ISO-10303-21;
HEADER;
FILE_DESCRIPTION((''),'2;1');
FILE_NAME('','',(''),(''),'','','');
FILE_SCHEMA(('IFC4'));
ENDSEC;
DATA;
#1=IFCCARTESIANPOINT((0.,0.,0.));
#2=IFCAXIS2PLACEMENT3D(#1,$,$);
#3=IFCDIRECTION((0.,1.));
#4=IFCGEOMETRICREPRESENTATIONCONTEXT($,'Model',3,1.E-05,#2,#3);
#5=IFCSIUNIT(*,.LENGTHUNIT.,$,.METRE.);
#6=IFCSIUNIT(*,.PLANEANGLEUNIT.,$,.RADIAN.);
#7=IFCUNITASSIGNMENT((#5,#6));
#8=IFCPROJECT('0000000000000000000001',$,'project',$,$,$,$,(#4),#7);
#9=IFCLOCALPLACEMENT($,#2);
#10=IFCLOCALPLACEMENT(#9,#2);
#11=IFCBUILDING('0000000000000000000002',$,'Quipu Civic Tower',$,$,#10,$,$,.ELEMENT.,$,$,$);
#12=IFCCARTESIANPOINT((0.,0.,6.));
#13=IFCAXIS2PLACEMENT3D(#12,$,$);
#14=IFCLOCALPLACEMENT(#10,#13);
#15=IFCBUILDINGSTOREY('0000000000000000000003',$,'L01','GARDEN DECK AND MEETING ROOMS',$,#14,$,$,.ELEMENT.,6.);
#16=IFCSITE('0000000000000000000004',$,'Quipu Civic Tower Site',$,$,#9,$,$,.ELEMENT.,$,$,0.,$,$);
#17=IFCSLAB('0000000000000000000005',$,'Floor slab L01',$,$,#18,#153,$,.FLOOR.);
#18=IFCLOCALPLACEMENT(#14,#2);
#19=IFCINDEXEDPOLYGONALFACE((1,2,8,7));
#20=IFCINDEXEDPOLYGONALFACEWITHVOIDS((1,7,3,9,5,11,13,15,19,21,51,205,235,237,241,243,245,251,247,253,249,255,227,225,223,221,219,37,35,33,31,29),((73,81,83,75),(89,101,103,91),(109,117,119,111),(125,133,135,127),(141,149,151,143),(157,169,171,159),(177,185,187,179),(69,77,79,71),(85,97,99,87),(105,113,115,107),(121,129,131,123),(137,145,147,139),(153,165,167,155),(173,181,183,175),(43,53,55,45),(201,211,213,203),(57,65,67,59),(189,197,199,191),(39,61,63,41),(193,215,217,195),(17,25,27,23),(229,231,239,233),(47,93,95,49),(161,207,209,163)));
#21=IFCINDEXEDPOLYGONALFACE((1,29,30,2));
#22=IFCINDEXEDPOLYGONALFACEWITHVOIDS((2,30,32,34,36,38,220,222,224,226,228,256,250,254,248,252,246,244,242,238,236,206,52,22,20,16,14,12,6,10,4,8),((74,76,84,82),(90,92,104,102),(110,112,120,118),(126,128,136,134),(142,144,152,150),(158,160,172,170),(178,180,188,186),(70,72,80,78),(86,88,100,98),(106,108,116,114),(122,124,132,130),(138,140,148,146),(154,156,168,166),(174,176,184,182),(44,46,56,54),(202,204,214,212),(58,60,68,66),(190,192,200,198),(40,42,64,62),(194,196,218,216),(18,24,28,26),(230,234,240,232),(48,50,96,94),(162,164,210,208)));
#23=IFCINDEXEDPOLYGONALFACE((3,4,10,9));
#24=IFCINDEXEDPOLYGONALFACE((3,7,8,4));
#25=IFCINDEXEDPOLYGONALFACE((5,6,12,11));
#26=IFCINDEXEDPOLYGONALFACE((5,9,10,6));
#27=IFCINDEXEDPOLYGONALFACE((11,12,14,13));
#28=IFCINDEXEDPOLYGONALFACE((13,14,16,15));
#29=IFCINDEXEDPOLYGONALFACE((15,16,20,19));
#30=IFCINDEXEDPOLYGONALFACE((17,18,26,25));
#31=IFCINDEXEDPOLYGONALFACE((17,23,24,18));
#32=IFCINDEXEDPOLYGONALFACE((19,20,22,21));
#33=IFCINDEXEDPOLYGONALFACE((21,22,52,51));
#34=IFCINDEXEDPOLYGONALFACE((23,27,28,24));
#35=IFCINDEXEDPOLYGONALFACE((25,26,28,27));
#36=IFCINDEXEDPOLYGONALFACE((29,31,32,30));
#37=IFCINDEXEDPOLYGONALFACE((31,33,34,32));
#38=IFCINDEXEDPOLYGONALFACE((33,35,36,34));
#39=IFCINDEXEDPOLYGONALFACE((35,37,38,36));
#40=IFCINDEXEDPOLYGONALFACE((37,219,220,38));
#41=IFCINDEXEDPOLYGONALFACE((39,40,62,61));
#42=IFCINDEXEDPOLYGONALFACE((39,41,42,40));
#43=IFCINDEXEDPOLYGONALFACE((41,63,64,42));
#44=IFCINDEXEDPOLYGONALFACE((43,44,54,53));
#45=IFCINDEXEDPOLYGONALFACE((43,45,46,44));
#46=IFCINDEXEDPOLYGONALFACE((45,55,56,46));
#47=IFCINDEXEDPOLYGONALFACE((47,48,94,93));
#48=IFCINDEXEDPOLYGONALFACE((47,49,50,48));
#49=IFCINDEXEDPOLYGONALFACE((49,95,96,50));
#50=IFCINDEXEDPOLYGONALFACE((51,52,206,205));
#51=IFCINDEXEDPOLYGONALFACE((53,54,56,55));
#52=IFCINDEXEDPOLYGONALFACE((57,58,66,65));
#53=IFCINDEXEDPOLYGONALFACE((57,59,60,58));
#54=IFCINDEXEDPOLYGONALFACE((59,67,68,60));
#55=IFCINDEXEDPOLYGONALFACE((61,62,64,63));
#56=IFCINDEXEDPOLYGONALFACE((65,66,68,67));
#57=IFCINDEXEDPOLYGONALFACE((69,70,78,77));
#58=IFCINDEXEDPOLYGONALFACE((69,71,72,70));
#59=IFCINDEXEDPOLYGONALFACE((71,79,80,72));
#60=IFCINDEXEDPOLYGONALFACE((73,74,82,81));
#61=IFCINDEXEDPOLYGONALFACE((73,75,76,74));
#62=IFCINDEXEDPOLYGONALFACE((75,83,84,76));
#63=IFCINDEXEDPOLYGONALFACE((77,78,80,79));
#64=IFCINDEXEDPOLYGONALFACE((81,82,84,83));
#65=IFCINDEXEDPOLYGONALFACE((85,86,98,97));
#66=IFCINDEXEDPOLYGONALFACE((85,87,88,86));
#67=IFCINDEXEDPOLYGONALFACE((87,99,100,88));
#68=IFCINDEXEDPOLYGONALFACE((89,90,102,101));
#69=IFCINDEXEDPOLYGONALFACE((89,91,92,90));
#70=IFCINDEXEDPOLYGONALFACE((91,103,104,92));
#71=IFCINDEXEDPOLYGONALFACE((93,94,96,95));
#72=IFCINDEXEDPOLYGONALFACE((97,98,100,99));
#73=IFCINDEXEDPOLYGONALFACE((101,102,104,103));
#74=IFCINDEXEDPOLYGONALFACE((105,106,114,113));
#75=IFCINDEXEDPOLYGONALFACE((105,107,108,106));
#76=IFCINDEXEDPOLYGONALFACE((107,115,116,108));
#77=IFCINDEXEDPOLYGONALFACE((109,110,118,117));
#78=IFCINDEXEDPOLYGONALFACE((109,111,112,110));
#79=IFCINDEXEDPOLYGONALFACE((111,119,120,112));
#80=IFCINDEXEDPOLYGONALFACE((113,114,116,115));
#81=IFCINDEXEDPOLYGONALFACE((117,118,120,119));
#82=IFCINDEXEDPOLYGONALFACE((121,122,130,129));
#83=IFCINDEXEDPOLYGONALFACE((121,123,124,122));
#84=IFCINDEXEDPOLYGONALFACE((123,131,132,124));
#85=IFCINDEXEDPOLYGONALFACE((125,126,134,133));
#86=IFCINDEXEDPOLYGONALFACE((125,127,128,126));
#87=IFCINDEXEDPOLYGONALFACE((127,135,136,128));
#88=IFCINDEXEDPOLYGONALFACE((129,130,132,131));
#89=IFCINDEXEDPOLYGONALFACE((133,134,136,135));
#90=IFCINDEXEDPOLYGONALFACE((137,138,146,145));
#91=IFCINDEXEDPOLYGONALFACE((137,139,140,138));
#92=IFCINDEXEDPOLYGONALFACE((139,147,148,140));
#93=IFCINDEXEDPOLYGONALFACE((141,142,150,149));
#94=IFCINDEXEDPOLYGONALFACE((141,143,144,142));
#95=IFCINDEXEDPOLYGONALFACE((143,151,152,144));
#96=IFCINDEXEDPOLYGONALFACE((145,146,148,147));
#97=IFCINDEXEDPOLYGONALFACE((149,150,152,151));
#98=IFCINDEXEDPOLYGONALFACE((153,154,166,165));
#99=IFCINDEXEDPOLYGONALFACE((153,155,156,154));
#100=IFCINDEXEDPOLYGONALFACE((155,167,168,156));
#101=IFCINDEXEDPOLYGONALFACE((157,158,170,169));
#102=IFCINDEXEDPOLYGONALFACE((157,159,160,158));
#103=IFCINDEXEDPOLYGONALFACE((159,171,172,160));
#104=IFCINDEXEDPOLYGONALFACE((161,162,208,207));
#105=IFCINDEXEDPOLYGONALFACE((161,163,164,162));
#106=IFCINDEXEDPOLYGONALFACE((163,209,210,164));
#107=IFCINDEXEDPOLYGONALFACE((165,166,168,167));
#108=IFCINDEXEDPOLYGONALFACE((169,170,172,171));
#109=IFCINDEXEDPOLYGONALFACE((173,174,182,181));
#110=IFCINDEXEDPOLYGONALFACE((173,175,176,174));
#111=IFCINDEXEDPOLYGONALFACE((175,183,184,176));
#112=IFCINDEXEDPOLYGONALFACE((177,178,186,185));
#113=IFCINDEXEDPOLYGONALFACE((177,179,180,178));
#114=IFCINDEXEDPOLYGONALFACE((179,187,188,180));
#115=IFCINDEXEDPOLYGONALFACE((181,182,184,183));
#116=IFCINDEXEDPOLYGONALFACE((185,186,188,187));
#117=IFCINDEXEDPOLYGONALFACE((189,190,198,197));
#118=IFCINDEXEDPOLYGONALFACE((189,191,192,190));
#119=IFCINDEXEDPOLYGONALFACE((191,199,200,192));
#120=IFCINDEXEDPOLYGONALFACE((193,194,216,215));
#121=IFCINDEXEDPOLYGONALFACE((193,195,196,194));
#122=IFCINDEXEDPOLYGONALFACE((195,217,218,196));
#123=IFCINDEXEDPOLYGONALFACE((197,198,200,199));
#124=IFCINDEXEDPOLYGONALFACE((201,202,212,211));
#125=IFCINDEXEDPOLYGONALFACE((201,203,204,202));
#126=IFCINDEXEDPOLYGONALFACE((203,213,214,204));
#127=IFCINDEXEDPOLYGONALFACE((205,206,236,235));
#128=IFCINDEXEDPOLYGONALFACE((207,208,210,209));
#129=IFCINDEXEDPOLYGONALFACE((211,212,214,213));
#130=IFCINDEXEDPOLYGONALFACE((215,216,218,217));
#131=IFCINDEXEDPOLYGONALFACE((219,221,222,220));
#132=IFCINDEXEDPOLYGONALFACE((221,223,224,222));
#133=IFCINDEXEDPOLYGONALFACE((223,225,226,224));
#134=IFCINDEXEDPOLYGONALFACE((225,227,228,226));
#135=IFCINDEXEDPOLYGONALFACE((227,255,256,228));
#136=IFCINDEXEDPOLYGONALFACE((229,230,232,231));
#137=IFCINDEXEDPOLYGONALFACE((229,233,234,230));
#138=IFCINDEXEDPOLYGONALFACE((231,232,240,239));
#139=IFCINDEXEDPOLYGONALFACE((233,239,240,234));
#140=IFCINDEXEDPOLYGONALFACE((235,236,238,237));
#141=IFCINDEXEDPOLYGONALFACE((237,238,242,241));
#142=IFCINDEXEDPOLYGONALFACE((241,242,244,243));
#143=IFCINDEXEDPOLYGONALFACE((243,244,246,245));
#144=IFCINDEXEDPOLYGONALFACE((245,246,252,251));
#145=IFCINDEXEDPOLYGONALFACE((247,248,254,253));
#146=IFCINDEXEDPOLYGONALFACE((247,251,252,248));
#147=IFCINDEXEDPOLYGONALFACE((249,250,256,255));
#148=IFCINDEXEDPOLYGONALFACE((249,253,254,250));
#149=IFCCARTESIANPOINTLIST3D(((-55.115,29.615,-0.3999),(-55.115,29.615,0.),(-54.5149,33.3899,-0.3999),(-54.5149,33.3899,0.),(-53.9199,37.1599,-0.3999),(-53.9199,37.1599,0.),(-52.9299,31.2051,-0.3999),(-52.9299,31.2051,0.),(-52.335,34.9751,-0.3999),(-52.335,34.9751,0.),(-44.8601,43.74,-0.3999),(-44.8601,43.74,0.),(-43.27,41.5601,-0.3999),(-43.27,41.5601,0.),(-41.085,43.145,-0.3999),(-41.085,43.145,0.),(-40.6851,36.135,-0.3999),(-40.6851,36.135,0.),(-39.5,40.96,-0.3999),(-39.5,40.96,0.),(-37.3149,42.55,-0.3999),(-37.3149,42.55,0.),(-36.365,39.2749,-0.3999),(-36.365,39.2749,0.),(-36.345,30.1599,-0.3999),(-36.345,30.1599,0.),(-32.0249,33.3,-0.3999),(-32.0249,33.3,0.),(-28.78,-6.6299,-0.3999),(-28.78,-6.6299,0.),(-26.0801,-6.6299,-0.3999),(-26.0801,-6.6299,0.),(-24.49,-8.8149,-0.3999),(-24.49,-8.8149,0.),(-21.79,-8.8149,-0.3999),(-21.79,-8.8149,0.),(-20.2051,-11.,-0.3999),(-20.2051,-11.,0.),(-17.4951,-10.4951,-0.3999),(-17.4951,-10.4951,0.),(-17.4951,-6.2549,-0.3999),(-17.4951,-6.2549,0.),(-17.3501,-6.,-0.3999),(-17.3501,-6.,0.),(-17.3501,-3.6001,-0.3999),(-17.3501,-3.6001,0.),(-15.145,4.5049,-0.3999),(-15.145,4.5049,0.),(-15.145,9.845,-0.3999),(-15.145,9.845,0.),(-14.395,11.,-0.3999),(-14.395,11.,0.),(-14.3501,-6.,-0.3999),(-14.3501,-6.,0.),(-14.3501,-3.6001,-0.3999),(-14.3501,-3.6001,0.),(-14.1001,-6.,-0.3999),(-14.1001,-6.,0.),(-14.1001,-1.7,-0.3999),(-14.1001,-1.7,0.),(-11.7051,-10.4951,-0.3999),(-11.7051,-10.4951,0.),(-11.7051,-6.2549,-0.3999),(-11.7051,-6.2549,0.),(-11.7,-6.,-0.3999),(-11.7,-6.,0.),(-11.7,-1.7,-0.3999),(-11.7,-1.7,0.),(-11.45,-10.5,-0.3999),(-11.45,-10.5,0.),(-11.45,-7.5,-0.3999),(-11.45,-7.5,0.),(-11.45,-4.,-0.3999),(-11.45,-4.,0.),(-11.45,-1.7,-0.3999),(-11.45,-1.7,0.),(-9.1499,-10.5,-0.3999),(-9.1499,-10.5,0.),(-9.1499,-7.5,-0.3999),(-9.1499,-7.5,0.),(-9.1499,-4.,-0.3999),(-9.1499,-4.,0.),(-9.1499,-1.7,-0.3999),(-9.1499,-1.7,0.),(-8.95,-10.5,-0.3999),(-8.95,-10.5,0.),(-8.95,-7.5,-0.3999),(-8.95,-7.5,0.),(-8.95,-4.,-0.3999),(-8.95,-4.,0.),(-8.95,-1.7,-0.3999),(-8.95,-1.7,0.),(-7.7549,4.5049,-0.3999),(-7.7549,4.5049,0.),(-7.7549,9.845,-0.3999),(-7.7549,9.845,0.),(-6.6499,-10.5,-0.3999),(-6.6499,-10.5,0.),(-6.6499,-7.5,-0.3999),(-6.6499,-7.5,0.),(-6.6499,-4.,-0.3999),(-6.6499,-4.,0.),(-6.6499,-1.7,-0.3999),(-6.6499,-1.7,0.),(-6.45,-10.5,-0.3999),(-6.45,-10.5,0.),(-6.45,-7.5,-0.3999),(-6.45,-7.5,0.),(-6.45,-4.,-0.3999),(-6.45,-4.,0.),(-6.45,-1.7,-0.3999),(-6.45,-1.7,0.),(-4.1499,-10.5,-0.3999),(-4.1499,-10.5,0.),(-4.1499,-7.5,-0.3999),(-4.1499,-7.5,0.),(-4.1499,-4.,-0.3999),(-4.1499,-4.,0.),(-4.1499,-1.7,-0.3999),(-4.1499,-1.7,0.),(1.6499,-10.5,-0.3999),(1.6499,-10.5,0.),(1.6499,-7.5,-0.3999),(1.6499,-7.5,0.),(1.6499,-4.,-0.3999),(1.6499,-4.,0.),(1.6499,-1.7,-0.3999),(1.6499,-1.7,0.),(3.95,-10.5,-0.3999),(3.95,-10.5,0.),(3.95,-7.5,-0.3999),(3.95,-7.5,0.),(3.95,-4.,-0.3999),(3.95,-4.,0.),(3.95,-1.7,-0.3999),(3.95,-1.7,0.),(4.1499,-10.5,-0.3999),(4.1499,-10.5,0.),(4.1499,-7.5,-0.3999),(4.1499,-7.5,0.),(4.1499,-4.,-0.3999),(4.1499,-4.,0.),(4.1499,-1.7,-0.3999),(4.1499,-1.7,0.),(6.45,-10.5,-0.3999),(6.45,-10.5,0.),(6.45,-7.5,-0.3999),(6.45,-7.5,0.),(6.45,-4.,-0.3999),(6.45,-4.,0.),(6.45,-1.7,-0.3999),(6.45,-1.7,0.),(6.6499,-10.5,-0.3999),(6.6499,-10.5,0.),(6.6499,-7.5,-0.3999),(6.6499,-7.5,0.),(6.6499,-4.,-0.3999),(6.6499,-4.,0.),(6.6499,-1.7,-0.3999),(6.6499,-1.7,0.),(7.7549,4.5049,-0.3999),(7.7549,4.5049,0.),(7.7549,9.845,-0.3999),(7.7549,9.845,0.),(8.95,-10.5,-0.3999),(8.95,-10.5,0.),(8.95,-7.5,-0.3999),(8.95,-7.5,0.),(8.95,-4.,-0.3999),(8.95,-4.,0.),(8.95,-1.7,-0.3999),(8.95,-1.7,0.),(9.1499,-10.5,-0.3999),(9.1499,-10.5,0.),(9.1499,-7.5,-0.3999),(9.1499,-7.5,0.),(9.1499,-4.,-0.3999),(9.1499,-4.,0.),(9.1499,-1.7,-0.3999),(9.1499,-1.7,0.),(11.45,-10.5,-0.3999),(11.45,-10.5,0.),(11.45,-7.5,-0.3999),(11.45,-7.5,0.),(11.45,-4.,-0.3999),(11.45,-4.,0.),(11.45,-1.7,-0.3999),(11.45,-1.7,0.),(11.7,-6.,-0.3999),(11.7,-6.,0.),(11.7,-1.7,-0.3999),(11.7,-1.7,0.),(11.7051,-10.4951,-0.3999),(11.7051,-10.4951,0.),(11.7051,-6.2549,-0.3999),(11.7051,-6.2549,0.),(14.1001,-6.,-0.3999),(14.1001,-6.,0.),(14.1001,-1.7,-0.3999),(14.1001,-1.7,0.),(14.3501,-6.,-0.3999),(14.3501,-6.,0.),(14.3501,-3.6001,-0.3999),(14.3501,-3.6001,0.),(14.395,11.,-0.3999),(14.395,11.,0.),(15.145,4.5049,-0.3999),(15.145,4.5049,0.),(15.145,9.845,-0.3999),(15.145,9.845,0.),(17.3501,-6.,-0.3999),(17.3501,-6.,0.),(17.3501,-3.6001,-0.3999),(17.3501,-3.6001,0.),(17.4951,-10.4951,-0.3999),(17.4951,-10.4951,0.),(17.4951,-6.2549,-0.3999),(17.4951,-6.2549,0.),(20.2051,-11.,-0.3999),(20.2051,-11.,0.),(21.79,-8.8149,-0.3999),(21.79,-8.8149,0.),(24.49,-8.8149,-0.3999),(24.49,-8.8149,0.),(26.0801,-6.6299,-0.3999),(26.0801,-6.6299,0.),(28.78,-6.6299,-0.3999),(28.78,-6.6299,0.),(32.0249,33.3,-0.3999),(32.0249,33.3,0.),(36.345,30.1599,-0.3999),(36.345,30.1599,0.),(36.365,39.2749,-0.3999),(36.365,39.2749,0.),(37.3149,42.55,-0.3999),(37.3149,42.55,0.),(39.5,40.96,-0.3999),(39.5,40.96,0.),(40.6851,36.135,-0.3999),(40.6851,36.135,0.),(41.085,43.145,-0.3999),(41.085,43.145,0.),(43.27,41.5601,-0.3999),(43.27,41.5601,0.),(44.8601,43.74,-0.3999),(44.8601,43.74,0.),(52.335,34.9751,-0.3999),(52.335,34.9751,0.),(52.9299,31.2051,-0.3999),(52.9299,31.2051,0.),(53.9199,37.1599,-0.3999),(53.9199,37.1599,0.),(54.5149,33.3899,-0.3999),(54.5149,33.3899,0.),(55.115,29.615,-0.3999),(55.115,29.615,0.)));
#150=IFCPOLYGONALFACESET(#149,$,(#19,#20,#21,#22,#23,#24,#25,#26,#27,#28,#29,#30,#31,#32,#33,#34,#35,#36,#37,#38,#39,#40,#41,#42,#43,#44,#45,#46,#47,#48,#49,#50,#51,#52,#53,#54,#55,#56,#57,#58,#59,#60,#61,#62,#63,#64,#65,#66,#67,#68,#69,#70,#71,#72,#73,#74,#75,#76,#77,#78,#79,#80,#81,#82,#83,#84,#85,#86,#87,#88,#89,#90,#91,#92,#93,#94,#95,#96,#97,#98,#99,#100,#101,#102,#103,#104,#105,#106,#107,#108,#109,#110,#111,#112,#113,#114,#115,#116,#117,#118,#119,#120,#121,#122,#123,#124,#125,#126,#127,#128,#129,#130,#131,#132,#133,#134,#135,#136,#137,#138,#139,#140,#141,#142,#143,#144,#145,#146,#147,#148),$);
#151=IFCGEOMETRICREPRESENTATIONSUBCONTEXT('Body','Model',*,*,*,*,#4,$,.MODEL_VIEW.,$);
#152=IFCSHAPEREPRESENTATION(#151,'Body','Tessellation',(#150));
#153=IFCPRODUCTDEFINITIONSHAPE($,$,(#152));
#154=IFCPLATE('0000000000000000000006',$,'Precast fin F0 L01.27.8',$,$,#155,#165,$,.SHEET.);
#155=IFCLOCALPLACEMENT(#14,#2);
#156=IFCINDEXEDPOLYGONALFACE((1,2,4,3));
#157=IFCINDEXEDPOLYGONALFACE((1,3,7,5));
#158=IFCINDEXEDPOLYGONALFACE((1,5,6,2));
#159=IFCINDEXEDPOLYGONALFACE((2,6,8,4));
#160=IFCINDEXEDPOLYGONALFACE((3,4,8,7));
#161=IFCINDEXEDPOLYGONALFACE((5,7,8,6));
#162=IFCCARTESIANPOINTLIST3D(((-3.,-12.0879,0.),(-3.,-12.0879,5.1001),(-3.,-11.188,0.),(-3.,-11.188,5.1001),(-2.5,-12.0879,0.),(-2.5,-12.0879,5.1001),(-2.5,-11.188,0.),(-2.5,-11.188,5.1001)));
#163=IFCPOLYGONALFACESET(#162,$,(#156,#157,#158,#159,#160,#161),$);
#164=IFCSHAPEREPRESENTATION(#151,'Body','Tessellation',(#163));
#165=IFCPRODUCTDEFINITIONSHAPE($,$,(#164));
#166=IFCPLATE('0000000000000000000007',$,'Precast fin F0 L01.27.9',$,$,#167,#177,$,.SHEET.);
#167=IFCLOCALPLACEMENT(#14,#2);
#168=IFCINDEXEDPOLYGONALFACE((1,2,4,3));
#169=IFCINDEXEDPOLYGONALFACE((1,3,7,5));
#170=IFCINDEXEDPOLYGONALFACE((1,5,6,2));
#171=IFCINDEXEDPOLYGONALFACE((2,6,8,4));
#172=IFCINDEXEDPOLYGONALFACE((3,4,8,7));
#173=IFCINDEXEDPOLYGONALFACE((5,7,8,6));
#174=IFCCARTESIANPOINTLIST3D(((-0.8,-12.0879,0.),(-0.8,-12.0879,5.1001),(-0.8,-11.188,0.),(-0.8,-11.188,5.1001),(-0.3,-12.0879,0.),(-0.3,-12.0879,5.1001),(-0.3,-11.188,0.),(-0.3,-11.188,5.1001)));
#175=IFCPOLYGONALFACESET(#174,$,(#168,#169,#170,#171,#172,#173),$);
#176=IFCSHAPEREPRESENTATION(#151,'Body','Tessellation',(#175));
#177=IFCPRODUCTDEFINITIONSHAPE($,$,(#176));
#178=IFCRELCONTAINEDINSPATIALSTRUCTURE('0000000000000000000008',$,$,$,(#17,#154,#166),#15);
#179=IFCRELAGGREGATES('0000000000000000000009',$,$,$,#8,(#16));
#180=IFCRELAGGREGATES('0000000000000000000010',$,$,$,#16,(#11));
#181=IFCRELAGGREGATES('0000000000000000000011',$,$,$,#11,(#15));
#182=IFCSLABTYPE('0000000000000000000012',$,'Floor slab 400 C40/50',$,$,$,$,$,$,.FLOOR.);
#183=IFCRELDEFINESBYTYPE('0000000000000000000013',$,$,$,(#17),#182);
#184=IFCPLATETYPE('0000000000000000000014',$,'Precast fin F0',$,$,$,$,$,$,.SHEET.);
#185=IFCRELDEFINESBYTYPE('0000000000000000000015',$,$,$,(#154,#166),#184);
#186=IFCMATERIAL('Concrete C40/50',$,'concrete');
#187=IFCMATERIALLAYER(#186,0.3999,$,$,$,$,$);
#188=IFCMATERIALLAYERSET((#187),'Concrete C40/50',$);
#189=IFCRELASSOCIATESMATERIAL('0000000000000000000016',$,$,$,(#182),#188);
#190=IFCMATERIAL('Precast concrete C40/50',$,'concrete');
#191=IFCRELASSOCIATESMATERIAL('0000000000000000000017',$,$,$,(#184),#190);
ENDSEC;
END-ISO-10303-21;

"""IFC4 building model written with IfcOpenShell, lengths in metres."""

from ifc_helpers import new_model, si_unit, direction, frame, origin, origin_2d, place, context, subcontext, project, spatial, polyline, rectangle, outline, extrude, material, layer, layer_set, type_object, element, save


model = new_model("IFC4")

# Units and contexts
model_context = context("Model", 3, precision=1e-05, world=origin(), true_north=direction((0.0, 1.0)))
body_context = subcontext(model_context, "Body", "Model", "MODEL_VIEW")
ifc_project = project(units=[si_unit("LENGTHUNIT", "METRE"), si_unit("PLANEANGLEUNIT", "RADIAN")], contexts=[model_context])

# Site, building, storey
site_placement = place(None, origin())
site = spatial("IfcSite", under=ifc_project, at=site_placement, Name="Quipu Civic Tower Site", CompositionType="ELEMENT", RefElevation=0.0)
building_placement = place(site_placement, origin())
building = spatial("IfcBuilding", under=site, at=building_placement, Name="Quipu Civic Tower", CompositionType="ELEMENT")
storey_placement = place(building_placement, frame((0.0, 0.0, 6.0)))
storey = spatial("IfcBuildingStorey", under=building, at=storey_placement, Name="L01", Description="GARDEN DECK AND MEETING ROOMS", CompositionType="ELEMENT", Elevation=6.0)

# Slab
ifc_material_1 = material(Name="Concrete C40/50", Category="concrete")
ifc_layer_1 = layer(ifc_material_1, 0.3999)
ifc_layer_set_1 = layer_set([ifc_layer_1], Name="Concrete C40/50")
slab_type_1 = type_object("IfcSlabType", Name="Floor slab 400 C40/50", PredefinedType="FLOOR", material=ifc_layer_set_1)
slab_1_placement = place(storey_placement, frame((0.0, 0.0, -0.3999)))
element("IfcSlab", 1, at=slab_1_placement, inside=storey, type_object=slab_type_1, Name="Floor slab L01", PredefinedType="FLOOR", context=body_context, shape_type="SweptSolid", body=[
    extrude(outline(polyline([(37.3149, 42.55), (39.5, 40.96), (41.085, 43.145), (43.27, 41.5601), (44.8601, 43.74), (53.9199, 37.1599), (52.335, 34.9751), (54.5149, 33.3899), (52.9299, 31.2051), (55.115, 29.615), (28.78, -6.6299), (26.0801, -6.6299), (24.49, -8.8149), (21.79, -8.8149), (20.2051, -11.0), (-20.2051, -11.0), (-21.79, -8.8149), (-24.49, -8.8149), (-26.0801, -6.6299), (-28.78, -6.6299), (-55.115, 29.615), (-52.9299, 31.2051), (-54.5149, 33.3899), (-52.335, 34.9751), (-53.9199, 37.1599), (-44.8601, 43.74), (-43.27, 41.5601), (-41.085, 43.145), (-39.5, 40.96), (-37.3149, 42.55), (-14.395, 11.0), (14.395, 11.0), (37.3149, 42.55)]), holes=[polyline([(-11.45, -7.5), (-11.45, -10.5), (-9.1499, -10.5), (-9.1499, -7.5), (-11.45, -7.5)]), polyline([(-6.6499, -7.5), (-8.95, -7.5), (-8.95, -10.5), (-6.6499, -10.5), (-6.6499, -7.5)]), polyline([(-4.1499, -7.5), (-6.45, -7.5), (-6.45, -10.5), (-4.1499, -10.5), (-4.1499, -7.5)]), polyline([(1.6499, -7.5), (1.6499, -10.5), (3.95, -10.5), (3.95, -7.5), (1.6499, -7.5)]), polyline([(-11.7051, -10.4951), (-11.7051, -6.2549), (-17.4951, -6.2549), (-17.4951, -10.4951), (-11.7051, -10.4951)]), polyline([(-14.3501, -3.6001), (-17.3501, -3.6001), (-17.3501, -6.0), (-14.3501, -6.0), (-14.3501, -3.6001)]), polyline([(-14.1001, -1.7), (-14.1001, -6.0), (-11.7, -6.0), (-11.7, -1.7), (-14.1001, -1.7)]), polyline([(-9.1499, -1.7), (-11.45, -1.7), (-11.45, -4.0), (-9.1499, -4.0), (-9.1499, -1.7)]), polyline([(-6.6499, -1.7), (-8.95, -1.7), (-8.95, -4.0), (-6.6499, -4.0), (-6.6499, -1.7)]), polyline([(-6.45, -1.7), (-6.45, -4.0), (-4.1499, -4.0), (-4.1499, -1.7), (-6.45, -1.7)]), polyline([(-7.7549, 4.5049), (-7.7549, 9.845), (-15.145, 9.845), (-15.145, 4.5049), (-7.7549, 4.5049)]), polyline([(-36.365, 39.2749), (-40.6851, 36.135), (-36.345, 30.1599), (-32.0249, 33.3), (-36.365, 39.2749)]), polyline([(4.1499, -7.5), (4.1499, -10.5), (6.45, -10.5), (6.45, -7.5), (4.1499, -7.5)]), polyline([(8.95, -7.5), (6.6499, -7.5), (6.6499, -10.5), (8.95, -10.5), (8.95, -7.5)]), polyline([(11.45, -7.5), (9.1499, -7.5), (9.1499, -10.5), (11.45, -10.5), (11.45, -7.5)]), polyline([(11.7051, -10.4951), (17.4951, -10.4951), (17.4951, -6.2549), (11.7051, -6.2549), (11.7051, -10.4951)]), polyline([(17.3501, -3.6001), (14.3501, -3.6001), (14.3501, -6.0), (17.3501, -6.0), (17.3501, -3.6001)]), polyline([(14.1001, -1.7), (11.7, -1.7), (11.7, -6.0), (14.1001, -6.0), (14.1001, -1.7)]), polyline([(1.6499, -1.7), (1.6499, -4.0), (3.95, -4.0), (3.95, -1.7), (1.6499, -1.7)]), polyline([(6.45, -1.7), (4.1499, -1.7), (4.1499, -4.0), (6.45, -4.0), (6.45, -1.7)]), polyline([(8.95, -1.7), (6.6499, -1.7), (6.6499, -4.0), (8.95, -4.0), (8.95, -1.7)]), polyline([(9.1499, -1.7), (9.1499, -4.0), (11.45, -4.0), (11.45, -1.7), (9.1499, -1.7)]), polyline([(7.7549, 9.845), (7.7549, 4.5049), (15.145, 4.5049), (15.145, 9.845), (7.7549, 9.845)]), polyline([(40.6851, 36.135), (36.365, 39.2749), (32.0249, 33.3), (36.345, 30.1599), (40.6851, 36.135)])]), origin(), (0.0, 0.0, 1.0), 0.3999),
])

# Plates
ifc_material_2 = material(Name="Precast concrete C40/50", Category="concrete")
plate_type = type_object("IfcPlateType", Name="Precast fin F0", PredefinedType="SHEET", material=ifc_material_2)
for number, where, z_axis, x_axis, name in (
    (2, (-2.75, -11.6379, 0.0), (0.0, 0.0, 1.0), (1.0, 0.0, 0.0), "Precast fin F0 L01.27.8"),
    (3, (-0.55, -11.6379, 0.0), (0.0, 0.0, 1.0), (1.0, 0.0, 0.0), "Precast fin F0 L01.27.9"),
):
    element("IfcPlate", number, at=place(storey_placement, frame(where, z_axis=z_axis, x_axis=x_axis)), inside=storey, type_object=plate_type, Name=name, PredefinedType="SHEET", context=body_context, shape_type="SweptSolid", body=[
        extrude(rectangle(XDim=0.5, YDim=0.8999, at=origin_2d()), origin(), (0.0, 0.0, 1.0), 5.1001),
    ])

save(model, "model.ifc")
